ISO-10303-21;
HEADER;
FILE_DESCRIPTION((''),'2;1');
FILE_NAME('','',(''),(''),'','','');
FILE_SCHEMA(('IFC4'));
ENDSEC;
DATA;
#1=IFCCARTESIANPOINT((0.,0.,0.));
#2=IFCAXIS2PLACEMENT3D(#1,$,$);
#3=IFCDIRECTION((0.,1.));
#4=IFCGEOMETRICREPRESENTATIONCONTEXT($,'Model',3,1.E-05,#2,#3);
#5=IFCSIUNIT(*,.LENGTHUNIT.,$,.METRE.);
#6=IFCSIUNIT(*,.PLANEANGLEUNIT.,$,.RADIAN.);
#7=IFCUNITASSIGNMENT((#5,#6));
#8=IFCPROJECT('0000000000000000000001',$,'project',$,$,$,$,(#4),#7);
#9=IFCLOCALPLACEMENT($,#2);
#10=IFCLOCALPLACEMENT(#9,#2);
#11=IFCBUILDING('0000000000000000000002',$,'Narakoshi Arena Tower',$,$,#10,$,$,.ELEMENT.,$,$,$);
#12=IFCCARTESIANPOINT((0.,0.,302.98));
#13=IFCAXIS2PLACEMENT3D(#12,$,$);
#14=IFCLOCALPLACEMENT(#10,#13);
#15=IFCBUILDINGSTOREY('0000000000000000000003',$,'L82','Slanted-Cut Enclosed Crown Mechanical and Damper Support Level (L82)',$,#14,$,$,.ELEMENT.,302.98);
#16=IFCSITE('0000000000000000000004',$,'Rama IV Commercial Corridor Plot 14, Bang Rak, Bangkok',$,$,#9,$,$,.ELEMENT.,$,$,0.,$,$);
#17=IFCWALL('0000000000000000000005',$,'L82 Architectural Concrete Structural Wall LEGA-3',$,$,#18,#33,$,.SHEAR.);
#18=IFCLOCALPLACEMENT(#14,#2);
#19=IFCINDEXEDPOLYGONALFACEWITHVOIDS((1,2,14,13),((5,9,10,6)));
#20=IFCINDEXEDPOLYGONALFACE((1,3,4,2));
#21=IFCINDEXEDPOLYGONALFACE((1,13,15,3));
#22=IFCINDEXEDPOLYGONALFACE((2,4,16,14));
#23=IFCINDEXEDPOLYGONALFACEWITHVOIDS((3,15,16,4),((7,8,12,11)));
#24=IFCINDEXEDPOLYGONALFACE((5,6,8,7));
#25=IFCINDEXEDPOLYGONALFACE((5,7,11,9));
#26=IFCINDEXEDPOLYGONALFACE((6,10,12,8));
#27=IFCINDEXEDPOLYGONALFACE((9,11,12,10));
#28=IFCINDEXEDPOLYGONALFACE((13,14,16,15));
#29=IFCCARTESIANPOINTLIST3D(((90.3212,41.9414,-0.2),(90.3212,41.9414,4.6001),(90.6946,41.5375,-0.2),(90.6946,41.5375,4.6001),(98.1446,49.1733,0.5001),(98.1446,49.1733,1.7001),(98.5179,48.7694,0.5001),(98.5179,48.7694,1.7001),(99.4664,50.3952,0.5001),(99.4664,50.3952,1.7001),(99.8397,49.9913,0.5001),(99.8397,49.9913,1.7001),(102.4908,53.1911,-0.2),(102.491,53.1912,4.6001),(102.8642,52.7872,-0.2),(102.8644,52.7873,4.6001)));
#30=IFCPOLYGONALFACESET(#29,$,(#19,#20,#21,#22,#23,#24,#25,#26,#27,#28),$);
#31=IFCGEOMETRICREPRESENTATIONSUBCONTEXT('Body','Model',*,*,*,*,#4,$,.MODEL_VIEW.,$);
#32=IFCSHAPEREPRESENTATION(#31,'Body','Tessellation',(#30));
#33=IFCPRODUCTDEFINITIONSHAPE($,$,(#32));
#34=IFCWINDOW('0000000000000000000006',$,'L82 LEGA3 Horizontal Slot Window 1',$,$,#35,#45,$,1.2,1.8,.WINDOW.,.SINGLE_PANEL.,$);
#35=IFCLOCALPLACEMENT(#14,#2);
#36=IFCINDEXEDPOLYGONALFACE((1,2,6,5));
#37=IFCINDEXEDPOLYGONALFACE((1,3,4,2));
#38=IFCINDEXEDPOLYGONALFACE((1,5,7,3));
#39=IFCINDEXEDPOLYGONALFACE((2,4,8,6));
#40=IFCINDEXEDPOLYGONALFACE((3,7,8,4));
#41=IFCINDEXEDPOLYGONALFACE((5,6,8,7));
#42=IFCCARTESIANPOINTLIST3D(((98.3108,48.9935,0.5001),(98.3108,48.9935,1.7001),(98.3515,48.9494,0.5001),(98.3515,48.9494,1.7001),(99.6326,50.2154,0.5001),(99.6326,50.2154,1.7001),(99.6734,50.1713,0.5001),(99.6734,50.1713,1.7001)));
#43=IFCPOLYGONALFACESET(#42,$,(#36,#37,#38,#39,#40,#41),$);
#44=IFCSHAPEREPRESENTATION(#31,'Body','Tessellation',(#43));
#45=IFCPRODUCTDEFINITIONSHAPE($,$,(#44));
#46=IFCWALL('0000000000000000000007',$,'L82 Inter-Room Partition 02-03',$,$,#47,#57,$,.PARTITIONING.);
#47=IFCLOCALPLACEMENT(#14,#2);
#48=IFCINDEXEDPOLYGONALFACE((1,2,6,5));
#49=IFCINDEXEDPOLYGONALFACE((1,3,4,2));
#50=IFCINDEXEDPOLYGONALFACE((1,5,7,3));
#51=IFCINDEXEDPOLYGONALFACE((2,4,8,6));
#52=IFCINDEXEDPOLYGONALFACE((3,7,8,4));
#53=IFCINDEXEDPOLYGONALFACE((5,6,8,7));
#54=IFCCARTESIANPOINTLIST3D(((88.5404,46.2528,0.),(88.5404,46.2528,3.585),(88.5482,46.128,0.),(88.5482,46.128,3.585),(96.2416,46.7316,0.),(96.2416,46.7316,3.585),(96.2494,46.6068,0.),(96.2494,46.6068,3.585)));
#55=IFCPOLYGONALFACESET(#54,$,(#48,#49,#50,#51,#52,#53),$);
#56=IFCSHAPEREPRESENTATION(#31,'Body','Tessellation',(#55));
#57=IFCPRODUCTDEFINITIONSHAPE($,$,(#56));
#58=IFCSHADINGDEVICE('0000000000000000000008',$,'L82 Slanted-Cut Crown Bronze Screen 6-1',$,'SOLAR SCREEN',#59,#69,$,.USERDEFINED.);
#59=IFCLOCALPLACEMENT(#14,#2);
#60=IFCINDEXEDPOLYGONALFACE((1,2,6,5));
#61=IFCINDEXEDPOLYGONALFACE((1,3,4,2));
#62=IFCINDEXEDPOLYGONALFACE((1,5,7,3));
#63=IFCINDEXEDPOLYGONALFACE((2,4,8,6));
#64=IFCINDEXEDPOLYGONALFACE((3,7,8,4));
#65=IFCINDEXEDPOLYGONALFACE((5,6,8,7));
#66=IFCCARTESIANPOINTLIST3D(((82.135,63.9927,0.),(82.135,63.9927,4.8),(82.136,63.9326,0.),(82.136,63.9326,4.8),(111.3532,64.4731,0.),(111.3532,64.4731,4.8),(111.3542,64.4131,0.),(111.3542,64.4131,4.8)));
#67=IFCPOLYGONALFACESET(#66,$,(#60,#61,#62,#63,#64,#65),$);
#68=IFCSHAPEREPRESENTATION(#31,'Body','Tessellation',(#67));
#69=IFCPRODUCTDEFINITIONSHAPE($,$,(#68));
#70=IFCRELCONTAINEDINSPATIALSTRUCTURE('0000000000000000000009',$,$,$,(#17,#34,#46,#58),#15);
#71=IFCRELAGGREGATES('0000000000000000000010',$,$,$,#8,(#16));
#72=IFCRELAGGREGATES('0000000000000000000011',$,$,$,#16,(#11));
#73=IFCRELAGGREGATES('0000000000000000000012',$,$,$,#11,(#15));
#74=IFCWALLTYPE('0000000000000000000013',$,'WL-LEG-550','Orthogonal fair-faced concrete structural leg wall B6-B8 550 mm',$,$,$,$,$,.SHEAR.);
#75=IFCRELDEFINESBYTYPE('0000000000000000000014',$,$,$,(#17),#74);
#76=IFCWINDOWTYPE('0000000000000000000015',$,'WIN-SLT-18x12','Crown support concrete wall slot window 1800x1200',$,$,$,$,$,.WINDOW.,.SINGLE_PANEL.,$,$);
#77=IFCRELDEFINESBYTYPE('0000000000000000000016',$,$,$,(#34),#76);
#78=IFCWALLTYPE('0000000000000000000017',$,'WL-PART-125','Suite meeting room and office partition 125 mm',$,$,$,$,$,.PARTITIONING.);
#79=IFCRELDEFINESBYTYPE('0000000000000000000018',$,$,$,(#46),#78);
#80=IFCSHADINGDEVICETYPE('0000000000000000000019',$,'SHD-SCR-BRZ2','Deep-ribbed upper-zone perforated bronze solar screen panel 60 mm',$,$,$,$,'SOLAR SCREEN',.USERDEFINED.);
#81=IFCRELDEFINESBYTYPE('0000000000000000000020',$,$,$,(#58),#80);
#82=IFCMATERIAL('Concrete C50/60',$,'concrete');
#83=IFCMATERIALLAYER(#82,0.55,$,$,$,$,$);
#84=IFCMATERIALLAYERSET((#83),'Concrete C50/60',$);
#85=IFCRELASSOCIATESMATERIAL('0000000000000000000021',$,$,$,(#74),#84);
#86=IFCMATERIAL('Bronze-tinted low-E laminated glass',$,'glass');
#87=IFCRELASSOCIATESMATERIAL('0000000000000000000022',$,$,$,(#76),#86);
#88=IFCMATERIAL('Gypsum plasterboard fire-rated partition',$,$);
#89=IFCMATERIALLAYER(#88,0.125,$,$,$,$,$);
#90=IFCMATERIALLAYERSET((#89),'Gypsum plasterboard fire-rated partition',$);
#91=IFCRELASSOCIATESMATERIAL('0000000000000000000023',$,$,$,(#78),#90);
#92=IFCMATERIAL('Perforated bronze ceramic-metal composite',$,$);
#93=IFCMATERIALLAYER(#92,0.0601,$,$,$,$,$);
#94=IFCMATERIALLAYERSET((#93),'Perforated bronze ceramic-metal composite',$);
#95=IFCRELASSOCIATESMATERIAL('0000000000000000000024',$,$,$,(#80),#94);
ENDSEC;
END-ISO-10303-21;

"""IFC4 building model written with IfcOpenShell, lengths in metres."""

from ifc_helpers import new_model, si_unit, direction, frame, frame_2d, origin, origin_2d, place, context, subcontext, project, spatial, polyline, rectangle, outline, extrude, material, layer, layer_set, type_object, element, fill, save


model = new_model("IFC4")

# Units and contexts
model_context = context("Model", 3, precision=1e-05, world=origin(), true_north=direction((0.0, 1.0)))
body_context = subcontext(model_context, "Body", "Model", "MODEL_VIEW")
ifc_project = project(units=[si_unit("LENGTHUNIT", "METRE"), si_unit("PLANEANGLEUNIT", "RADIAN")], contexts=[model_context])

# Site, building, storey
site_placement = place(None, origin())
site = spatial("IfcSite", under=ifc_project, at=site_placement, Name="Rama IV Commercial Corridor Plot 14, Bang Rak, Bangkok", CompositionType="ELEMENT", RefElevation=0.0)
building_placement = place(site_placement, origin())
building = spatial("IfcBuilding", under=site, at=building_placement, Name="Narakoshi Arena Tower", CompositionType="ELEMENT")
storey_placement = place(building_placement, frame((0.0, 0.0, 302.98)))
storey = spatial("IfcBuildingStorey", under=building, at=storey_placement, Name="L82", Description="Slanted-Cut Enclosed Crown Mechanical and Damper Support Level (L82)", CompositionType="ELEMENT", Elevation=302.98)

# Shared definitions
ifc_material_1 = material(Name="Bronze-tinted low-E laminated glass", Category="glass")

# Shared definitions
ifc_material_2 = material(Name="Gypsum plasterboard fire-rated partition")

# Wall, opening, window
ifc_material_3 = material(Name="Concrete C50/60", Category="concrete")
ifc_layer_1 = layer(ifc_material_3, 0.55)
ifc_layer_set_1 = layer_set([ifc_layer_1], Name="Concrete C50/60")
wall_type_1 = type_object("IfcWallType", Name="WL-LEG-550", Description="Orthogonal fair-faced concrete structural leg wall B6-B8 550 mm", PredefinedType="SHEAR", material=ifc_layer_set_1)
wall_1_placement = place(storey_placement, frame((90.5078, 41.7395, -0.2), z_axis=(0.0, 0.0, 1.0), x_axis=(0.734316, 0.678808, 0.0)))
wall_1 = element("IfcWall", 1, at=wall_1_placement, inside=storey, type_object=wall_type_1, Name="L82 Architectural Concrete Structural Wall LEGA-3", PredefinedType="SHEAR", context=body_context, shape_type="SweptSolid", body=[
    extrude(outline(polyline([(0.0, 0.0), (16.5728, 0.0), (16.573, 4.8), (0.0, 4.8), (0.0, 0.0)])), frame((0.0, 0.2749, 0.0), z_axis=(0.0, -1.0, 0.0), x_axis=(1.0, 0.0, 0.0)), (0.0, 0.0, 1.0), 0.55),
])
opening_1_placement = place(wall_1_placement, frame((10.6541, 0.0, 0.7)))
opening_1 = element("IfcOpeningElement", 2, at=opening_1_placement, cuts=wall_1, PredefinedType="OPENING", context=body_context, shape_type="SweptSolid", body=[
    extrude(rectangle(XDim=1.8, YDim=1.2, at=frame_2d((0.8999, 0.6001))), frame((0.0, 0.2849, 0.0), z_axis=(0.0, -1.0, 0.0), x_axis=(1.0, 0.0, 0.0)), (0.0, 0.0, 1.0), 0.5701),
])
window_type = type_object("IfcWindowType", Name="WIN-SLT-18x12", Description="Crown support concrete wall slot window 1800x1200", PartitioningType="SINGLE_PANEL", PredefinedType="WINDOW", material=ifc_material_1)
window_placement = place(opening_1_placement, origin())
window = element("IfcWindow", 3, at=window_placement, inside=storey, type_object=window_type, Name="L82 LEGA3 Horizontal Slot Window 1", OverallHeight=1.2, OverallWidth=1.8, PartitioningType="SINGLE_PANEL", PredefinedType="WINDOW", context=body_context, shape_type="SweptSolid", body=[
    extrude(rectangle(XDim=1.8, YDim=1.2, at=frame_2d((0.8999, 0.6001))), frame((0.0, 0.03, 0.0), z_axis=(0.0, -1.0, 0.0), x_axis=(1.0, 0.0, 0.0)), (0.0, 0.0, 1.0), 0.0601),
])
fill(opening_1, window)

# Wall
ifc_layer_2 = layer(ifc_material_2, 0.125)
ifc_layer_set_2 = layer_set([ifc_layer_2], Name="Gypsum plasterboard fire-rated partition")
wall_type_2 = type_object("IfcWallType", Name="WL-PART-125", Description="Suite meeting room and office partition 125 mm", PredefinedType="PARTITIONING", material=ifc_layer_set_2)
wall_2_placement = place(storey_placement, frame((88.5444, 46.1904, 0.0), z_axis=(0.0, 0.0, 1.0), x_axis=(0.998073, 0.062047, 0.0)))
element("IfcWall", 4, at=wall_2_placement, inside=storey, type_object=wall_type_2, Name="L82 Inter-Room Partition 02-03", PredefinedType="PARTITIONING", context=body_context, shape_type="SweptSolid", body=[
    extrude(rectangle(XDim=7.7161, YDim=0.125, at=frame_2d((3.8579, 0.0))), origin(), (0.0, 0.0, 1.0), 3.585),
])

# Shading device
ifc_material_4 = material(Name="Perforated bronze ceramic-metal composite")
ifc_layer_3 = layer(ifc_material_4, 0.0601)
ifc_layer_set_3 = layer_set([ifc_layer_3], Name="Perforated bronze ceramic-metal composite")
shading_device_type = type_object("IfcShadingDeviceType", Name="SHD-SCR-BRZ2", Description="Deep-ribbed upper-zone perforated bronze solar screen panel 60 mm", ElementType="SOLAR SCREEN", PredefinedType="USERDEFINED", material=ifc_layer_set_3)
shading_device_placement = place(storey_placement, frame((96.7446, 64.2029, 0.0), z_axis=(0.0, 0.0, 1.0), x_axis=(0.999865, 0.01644, 0.0)))
element("IfcShadingDevice", 5, at=shading_device_placement, inside=storey, type_object=shading_device_type, Name="L82 Slanted-Cut Crown Bronze Screen 6-1", ObjectType="SOLAR SCREEN", PredefinedType="USERDEFINED", context=body_context, shape_type="SweptSolid", body=[
    extrude(rectangle(XDim=29.2222, YDim=0.0601, at=origin_2d()), origin(), (0.0, 0.0, 1.0), 4.8),
])

save(model, "model.ifc")
